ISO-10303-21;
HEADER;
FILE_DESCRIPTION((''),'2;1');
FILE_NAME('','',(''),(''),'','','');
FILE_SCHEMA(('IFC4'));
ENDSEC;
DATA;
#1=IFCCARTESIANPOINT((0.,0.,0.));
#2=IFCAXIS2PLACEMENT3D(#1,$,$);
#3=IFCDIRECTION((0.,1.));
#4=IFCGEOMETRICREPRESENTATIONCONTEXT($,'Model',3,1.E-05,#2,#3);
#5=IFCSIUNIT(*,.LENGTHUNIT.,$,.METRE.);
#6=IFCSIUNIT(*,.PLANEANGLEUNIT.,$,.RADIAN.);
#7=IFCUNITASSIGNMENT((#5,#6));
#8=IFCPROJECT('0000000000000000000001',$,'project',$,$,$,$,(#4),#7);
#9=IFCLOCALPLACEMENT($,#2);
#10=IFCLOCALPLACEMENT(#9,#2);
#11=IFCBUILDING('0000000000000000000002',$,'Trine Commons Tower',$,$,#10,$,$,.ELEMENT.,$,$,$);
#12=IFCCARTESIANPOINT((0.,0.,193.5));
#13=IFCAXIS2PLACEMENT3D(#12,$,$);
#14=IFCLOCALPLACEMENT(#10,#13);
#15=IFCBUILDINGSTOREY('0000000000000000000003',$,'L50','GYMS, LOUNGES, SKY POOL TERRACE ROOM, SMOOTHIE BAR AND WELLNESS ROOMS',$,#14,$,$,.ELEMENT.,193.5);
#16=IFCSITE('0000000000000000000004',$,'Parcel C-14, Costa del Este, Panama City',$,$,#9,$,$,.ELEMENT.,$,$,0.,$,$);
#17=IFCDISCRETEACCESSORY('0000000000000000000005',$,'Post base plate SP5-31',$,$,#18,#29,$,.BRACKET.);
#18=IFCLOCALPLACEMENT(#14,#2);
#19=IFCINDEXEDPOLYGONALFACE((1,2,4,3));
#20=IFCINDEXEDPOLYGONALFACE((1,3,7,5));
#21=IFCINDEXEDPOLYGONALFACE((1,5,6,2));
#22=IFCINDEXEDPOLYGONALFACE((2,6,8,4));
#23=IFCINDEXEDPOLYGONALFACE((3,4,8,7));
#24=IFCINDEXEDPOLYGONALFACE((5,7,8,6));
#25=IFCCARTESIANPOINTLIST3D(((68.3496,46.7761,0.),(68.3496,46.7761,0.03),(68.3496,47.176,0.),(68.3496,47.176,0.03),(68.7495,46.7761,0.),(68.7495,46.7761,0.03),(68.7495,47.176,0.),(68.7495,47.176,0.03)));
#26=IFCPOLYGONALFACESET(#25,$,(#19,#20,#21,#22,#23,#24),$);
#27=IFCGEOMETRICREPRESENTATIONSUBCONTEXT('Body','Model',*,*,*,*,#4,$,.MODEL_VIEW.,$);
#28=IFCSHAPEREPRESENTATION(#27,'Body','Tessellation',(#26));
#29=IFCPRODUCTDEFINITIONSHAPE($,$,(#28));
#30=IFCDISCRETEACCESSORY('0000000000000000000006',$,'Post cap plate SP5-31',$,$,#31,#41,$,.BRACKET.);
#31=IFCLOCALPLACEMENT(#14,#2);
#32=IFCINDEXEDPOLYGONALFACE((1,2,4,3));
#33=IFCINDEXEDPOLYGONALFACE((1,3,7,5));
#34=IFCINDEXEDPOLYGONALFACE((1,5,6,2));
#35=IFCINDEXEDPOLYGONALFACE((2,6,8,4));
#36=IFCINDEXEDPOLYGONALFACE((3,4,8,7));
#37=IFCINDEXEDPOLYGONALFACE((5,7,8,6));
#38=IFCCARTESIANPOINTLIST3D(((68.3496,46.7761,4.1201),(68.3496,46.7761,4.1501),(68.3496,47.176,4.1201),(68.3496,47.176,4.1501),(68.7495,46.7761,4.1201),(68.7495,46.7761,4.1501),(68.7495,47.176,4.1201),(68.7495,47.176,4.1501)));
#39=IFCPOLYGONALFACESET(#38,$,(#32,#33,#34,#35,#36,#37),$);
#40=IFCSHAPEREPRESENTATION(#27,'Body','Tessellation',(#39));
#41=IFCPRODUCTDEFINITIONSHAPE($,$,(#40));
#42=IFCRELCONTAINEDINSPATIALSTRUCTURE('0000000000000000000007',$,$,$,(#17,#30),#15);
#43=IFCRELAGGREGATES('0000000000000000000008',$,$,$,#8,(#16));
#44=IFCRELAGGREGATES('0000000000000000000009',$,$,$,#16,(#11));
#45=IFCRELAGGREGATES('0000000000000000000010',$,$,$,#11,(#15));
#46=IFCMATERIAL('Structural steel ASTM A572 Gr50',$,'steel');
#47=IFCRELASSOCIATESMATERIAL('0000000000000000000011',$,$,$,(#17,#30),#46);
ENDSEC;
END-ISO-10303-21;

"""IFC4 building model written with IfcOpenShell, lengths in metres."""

from ifc_helpers import new_model, si_unit, direction, frame, origin, origin_2d, place, context, subcontext, project, spatial, rectangle, extrude, material, element, save


model = new_model("IFC4")

# Units and contexts
model_context = context("Model", 3, precision=1e-05, world=origin(), true_north=direction((0.0, 1.0)))
body_context = subcontext(model_context, "Body", "Model", "MODEL_VIEW")
ifc_project = project(units=[si_unit("LENGTHUNIT", "METRE"), si_unit("PLANEANGLEUNIT", "RADIAN")], contexts=[model_context])

# Site, building, storey
site_placement = place(None, origin())
site = spatial("IfcSite", under=ifc_project, at=site_placement, Name="Parcel C-14, Costa del Este, Panama City", CompositionType="ELEMENT", RefElevation=0.0)
building_placement = place(site_placement, origin())
building = spatial("IfcBuilding", under=site, at=building_placement, Name="Trine Commons Tower", CompositionType="ELEMENT")
storey_placement = place(building_placement, frame((0.0, 0.0, 193.5)))
storey = spatial("IfcBuildingStorey", under=building, at=storey_placement, Name="L50", Description="GYMS, LOUNGES, SKY POOL TERRACE ROOM, SMOOTHIE BAR AND WELLNESS ROOMS", CompositionType="ELEMENT", Elevation=193.5)

# Discrete accessories
ifc_material_1 = material(Name="Structural steel ASTM A572 Gr50", Category="steel")
for number, where, z_axis, x_axis, name in (
    (1, (68.5496, 46.9761, 0.0), (0.0, 0.0, 1.0), (1.0, 0.0, 0.0), "Post base plate SP5-31"),
    (2, (68.5496, 46.9761, 4.1201), (0.0, 0.0, 1.0), (1.0, 0.0, 0.0), "Post cap plate SP5-31"),
):
    element("IfcDiscreteAccessory", number, at=place(storey_placement, frame(where, z_axis=z_axis, x_axis=x_axis)), inside=storey, material=ifc_material_1, Name=name, PredefinedType="BRACKET", context=body_context, shape_type="SweptSolid", body=[
        extrude(rectangle(XDim=0.3999, YDim=0.3999, at=origin_2d()), origin(), (0.0, 0.0, 1.0), 0.03),
    ])

save(model, "model.ifc")
